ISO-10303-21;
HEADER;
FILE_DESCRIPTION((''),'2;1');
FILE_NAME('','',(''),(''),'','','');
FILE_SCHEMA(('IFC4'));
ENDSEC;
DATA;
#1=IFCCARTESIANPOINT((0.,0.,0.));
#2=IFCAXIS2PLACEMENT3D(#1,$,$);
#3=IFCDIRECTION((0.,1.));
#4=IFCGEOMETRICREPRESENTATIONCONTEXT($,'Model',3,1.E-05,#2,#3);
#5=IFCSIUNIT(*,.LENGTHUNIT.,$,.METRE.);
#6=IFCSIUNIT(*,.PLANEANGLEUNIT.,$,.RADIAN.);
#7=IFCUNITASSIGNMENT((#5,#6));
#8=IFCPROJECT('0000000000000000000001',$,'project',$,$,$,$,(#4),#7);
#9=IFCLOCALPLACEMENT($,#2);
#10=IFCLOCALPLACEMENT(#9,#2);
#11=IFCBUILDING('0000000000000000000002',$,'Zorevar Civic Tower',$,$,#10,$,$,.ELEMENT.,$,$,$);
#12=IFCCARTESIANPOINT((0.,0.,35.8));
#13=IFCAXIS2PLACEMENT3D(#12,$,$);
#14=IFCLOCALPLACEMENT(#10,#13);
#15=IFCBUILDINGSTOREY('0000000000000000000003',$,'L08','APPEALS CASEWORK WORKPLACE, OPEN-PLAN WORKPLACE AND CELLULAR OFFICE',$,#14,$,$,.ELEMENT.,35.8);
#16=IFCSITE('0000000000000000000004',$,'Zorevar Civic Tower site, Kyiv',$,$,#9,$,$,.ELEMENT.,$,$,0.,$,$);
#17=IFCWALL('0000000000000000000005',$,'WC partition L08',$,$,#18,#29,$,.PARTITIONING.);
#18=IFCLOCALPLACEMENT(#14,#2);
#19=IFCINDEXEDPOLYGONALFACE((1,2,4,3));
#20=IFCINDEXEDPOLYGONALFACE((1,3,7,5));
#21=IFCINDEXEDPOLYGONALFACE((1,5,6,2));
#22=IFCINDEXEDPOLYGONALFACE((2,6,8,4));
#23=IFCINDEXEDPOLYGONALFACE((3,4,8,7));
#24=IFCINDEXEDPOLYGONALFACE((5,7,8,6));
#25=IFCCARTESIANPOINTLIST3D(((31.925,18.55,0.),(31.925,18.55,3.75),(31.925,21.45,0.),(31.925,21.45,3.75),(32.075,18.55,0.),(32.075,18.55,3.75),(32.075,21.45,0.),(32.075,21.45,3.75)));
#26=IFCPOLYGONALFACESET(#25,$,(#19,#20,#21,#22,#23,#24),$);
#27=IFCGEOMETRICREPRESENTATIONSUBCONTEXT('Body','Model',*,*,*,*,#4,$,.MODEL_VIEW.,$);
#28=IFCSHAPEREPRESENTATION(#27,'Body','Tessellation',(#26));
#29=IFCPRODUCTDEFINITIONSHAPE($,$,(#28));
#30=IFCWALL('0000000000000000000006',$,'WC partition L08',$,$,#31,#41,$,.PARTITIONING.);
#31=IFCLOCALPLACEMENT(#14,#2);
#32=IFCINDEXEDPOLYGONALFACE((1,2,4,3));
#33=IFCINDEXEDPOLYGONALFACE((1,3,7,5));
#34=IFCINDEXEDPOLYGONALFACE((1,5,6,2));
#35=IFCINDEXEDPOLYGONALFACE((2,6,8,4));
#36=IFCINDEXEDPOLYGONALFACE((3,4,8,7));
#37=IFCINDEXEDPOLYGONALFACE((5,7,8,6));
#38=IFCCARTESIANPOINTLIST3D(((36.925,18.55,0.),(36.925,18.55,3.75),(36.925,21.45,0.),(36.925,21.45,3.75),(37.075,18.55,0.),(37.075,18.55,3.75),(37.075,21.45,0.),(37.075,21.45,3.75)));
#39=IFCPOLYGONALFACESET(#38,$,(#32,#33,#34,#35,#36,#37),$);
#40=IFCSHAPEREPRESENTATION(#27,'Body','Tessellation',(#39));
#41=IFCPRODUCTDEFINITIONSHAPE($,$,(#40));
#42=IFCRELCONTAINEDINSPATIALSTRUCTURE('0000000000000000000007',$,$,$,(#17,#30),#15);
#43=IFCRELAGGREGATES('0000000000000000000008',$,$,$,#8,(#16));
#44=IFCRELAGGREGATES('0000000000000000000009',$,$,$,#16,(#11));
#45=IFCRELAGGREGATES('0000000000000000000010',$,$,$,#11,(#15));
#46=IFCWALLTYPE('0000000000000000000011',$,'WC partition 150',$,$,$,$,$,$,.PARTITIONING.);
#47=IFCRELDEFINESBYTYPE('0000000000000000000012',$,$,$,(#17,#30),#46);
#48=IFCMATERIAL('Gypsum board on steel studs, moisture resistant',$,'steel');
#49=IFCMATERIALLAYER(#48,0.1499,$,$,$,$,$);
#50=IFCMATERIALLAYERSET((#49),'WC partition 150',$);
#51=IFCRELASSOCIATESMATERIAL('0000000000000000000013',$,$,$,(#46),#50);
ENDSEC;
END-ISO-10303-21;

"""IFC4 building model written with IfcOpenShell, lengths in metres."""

from ifc_helpers import new_model, si_unit, direction, frame, frame_2d, origin, place, context, subcontext, project, spatial, rectangle, extrude, material, layer, layer_set, type_object, element, save


model = new_model("IFC4")

# Units and contexts
model_context = context("Model", 3, precision=1e-05, world=origin(), true_north=direction((0.0, 1.0)))
body_context = subcontext(model_context, "Body", "Model", "MODEL_VIEW")
ifc_project = project(units=[si_unit("LENGTHUNIT", "METRE"), si_unit("PLANEANGLEUNIT", "RADIAN")], contexts=[model_context])

# Site, building, storey
site_placement = place(None, origin())
site = spatial("IfcSite", under=ifc_project, at=site_placement, Name="Zorevar Civic Tower site, Kyiv", CompositionType="ELEMENT", RefElevation=0.0)
building_placement = place(site_placement, origin())
building = spatial("IfcBuilding", under=site, at=building_placement, Name="Zorevar Civic Tower", CompositionType="ELEMENT")
storey_placement = place(building_placement, frame((0.0, 0.0, 35.8)))
storey = spatial("IfcBuildingStorey", under=building, at=storey_placement, Name="L08", Description="APPEALS CASEWORK WORKPLACE, OPEN-PLAN WORKPLACE AND CELLULAR OFFICE", CompositionType="ELEMENT", Elevation=35.8)

# Walls
ifc_material_1 = material(Name="Gypsum board on steel studs, moisture resistant", Category="steel")
ifc_layer_1 = layer(ifc_material_1, 0.1499)
ifc_layer_set_1 = layer_set([ifc_layer_1], Name="WC partition 150")
wall_type_1 = type_object("IfcWallType", Name="WC partition 150", PredefinedType="PARTITIONING", material=ifc_layer_set_1)
for number, where, z_axis, x_axis, name in (
    (1, (32.0, 18.55, 0.0), (0.0, 0.0, 1.0), (0.0, 1.0, 0.0), "WC partition L08"),
    (2, (37.0, 18.55, 0.0), (0.0, 0.0, 1.0), (0.0, 1.0, 0.0), "WC partition L08"),
):
    element("IfcWall", number, at=place(storey_placement, frame(where, z_axis=z_axis, x_axis=x_axis)), inside=storey, type_object=wall_type_1, Name=name, PredefinedType="PARTITIONING", context=body_context, shape_type="SweptSolid", body=[
        extrude(rectangle(XDim=2.8999, YDim=0.1499, at=frame_2d((1.45, 0.0))), origin(), (0.0, 0.0, 1.0), 3.75),
    ])

save(model, "model.ifc")
